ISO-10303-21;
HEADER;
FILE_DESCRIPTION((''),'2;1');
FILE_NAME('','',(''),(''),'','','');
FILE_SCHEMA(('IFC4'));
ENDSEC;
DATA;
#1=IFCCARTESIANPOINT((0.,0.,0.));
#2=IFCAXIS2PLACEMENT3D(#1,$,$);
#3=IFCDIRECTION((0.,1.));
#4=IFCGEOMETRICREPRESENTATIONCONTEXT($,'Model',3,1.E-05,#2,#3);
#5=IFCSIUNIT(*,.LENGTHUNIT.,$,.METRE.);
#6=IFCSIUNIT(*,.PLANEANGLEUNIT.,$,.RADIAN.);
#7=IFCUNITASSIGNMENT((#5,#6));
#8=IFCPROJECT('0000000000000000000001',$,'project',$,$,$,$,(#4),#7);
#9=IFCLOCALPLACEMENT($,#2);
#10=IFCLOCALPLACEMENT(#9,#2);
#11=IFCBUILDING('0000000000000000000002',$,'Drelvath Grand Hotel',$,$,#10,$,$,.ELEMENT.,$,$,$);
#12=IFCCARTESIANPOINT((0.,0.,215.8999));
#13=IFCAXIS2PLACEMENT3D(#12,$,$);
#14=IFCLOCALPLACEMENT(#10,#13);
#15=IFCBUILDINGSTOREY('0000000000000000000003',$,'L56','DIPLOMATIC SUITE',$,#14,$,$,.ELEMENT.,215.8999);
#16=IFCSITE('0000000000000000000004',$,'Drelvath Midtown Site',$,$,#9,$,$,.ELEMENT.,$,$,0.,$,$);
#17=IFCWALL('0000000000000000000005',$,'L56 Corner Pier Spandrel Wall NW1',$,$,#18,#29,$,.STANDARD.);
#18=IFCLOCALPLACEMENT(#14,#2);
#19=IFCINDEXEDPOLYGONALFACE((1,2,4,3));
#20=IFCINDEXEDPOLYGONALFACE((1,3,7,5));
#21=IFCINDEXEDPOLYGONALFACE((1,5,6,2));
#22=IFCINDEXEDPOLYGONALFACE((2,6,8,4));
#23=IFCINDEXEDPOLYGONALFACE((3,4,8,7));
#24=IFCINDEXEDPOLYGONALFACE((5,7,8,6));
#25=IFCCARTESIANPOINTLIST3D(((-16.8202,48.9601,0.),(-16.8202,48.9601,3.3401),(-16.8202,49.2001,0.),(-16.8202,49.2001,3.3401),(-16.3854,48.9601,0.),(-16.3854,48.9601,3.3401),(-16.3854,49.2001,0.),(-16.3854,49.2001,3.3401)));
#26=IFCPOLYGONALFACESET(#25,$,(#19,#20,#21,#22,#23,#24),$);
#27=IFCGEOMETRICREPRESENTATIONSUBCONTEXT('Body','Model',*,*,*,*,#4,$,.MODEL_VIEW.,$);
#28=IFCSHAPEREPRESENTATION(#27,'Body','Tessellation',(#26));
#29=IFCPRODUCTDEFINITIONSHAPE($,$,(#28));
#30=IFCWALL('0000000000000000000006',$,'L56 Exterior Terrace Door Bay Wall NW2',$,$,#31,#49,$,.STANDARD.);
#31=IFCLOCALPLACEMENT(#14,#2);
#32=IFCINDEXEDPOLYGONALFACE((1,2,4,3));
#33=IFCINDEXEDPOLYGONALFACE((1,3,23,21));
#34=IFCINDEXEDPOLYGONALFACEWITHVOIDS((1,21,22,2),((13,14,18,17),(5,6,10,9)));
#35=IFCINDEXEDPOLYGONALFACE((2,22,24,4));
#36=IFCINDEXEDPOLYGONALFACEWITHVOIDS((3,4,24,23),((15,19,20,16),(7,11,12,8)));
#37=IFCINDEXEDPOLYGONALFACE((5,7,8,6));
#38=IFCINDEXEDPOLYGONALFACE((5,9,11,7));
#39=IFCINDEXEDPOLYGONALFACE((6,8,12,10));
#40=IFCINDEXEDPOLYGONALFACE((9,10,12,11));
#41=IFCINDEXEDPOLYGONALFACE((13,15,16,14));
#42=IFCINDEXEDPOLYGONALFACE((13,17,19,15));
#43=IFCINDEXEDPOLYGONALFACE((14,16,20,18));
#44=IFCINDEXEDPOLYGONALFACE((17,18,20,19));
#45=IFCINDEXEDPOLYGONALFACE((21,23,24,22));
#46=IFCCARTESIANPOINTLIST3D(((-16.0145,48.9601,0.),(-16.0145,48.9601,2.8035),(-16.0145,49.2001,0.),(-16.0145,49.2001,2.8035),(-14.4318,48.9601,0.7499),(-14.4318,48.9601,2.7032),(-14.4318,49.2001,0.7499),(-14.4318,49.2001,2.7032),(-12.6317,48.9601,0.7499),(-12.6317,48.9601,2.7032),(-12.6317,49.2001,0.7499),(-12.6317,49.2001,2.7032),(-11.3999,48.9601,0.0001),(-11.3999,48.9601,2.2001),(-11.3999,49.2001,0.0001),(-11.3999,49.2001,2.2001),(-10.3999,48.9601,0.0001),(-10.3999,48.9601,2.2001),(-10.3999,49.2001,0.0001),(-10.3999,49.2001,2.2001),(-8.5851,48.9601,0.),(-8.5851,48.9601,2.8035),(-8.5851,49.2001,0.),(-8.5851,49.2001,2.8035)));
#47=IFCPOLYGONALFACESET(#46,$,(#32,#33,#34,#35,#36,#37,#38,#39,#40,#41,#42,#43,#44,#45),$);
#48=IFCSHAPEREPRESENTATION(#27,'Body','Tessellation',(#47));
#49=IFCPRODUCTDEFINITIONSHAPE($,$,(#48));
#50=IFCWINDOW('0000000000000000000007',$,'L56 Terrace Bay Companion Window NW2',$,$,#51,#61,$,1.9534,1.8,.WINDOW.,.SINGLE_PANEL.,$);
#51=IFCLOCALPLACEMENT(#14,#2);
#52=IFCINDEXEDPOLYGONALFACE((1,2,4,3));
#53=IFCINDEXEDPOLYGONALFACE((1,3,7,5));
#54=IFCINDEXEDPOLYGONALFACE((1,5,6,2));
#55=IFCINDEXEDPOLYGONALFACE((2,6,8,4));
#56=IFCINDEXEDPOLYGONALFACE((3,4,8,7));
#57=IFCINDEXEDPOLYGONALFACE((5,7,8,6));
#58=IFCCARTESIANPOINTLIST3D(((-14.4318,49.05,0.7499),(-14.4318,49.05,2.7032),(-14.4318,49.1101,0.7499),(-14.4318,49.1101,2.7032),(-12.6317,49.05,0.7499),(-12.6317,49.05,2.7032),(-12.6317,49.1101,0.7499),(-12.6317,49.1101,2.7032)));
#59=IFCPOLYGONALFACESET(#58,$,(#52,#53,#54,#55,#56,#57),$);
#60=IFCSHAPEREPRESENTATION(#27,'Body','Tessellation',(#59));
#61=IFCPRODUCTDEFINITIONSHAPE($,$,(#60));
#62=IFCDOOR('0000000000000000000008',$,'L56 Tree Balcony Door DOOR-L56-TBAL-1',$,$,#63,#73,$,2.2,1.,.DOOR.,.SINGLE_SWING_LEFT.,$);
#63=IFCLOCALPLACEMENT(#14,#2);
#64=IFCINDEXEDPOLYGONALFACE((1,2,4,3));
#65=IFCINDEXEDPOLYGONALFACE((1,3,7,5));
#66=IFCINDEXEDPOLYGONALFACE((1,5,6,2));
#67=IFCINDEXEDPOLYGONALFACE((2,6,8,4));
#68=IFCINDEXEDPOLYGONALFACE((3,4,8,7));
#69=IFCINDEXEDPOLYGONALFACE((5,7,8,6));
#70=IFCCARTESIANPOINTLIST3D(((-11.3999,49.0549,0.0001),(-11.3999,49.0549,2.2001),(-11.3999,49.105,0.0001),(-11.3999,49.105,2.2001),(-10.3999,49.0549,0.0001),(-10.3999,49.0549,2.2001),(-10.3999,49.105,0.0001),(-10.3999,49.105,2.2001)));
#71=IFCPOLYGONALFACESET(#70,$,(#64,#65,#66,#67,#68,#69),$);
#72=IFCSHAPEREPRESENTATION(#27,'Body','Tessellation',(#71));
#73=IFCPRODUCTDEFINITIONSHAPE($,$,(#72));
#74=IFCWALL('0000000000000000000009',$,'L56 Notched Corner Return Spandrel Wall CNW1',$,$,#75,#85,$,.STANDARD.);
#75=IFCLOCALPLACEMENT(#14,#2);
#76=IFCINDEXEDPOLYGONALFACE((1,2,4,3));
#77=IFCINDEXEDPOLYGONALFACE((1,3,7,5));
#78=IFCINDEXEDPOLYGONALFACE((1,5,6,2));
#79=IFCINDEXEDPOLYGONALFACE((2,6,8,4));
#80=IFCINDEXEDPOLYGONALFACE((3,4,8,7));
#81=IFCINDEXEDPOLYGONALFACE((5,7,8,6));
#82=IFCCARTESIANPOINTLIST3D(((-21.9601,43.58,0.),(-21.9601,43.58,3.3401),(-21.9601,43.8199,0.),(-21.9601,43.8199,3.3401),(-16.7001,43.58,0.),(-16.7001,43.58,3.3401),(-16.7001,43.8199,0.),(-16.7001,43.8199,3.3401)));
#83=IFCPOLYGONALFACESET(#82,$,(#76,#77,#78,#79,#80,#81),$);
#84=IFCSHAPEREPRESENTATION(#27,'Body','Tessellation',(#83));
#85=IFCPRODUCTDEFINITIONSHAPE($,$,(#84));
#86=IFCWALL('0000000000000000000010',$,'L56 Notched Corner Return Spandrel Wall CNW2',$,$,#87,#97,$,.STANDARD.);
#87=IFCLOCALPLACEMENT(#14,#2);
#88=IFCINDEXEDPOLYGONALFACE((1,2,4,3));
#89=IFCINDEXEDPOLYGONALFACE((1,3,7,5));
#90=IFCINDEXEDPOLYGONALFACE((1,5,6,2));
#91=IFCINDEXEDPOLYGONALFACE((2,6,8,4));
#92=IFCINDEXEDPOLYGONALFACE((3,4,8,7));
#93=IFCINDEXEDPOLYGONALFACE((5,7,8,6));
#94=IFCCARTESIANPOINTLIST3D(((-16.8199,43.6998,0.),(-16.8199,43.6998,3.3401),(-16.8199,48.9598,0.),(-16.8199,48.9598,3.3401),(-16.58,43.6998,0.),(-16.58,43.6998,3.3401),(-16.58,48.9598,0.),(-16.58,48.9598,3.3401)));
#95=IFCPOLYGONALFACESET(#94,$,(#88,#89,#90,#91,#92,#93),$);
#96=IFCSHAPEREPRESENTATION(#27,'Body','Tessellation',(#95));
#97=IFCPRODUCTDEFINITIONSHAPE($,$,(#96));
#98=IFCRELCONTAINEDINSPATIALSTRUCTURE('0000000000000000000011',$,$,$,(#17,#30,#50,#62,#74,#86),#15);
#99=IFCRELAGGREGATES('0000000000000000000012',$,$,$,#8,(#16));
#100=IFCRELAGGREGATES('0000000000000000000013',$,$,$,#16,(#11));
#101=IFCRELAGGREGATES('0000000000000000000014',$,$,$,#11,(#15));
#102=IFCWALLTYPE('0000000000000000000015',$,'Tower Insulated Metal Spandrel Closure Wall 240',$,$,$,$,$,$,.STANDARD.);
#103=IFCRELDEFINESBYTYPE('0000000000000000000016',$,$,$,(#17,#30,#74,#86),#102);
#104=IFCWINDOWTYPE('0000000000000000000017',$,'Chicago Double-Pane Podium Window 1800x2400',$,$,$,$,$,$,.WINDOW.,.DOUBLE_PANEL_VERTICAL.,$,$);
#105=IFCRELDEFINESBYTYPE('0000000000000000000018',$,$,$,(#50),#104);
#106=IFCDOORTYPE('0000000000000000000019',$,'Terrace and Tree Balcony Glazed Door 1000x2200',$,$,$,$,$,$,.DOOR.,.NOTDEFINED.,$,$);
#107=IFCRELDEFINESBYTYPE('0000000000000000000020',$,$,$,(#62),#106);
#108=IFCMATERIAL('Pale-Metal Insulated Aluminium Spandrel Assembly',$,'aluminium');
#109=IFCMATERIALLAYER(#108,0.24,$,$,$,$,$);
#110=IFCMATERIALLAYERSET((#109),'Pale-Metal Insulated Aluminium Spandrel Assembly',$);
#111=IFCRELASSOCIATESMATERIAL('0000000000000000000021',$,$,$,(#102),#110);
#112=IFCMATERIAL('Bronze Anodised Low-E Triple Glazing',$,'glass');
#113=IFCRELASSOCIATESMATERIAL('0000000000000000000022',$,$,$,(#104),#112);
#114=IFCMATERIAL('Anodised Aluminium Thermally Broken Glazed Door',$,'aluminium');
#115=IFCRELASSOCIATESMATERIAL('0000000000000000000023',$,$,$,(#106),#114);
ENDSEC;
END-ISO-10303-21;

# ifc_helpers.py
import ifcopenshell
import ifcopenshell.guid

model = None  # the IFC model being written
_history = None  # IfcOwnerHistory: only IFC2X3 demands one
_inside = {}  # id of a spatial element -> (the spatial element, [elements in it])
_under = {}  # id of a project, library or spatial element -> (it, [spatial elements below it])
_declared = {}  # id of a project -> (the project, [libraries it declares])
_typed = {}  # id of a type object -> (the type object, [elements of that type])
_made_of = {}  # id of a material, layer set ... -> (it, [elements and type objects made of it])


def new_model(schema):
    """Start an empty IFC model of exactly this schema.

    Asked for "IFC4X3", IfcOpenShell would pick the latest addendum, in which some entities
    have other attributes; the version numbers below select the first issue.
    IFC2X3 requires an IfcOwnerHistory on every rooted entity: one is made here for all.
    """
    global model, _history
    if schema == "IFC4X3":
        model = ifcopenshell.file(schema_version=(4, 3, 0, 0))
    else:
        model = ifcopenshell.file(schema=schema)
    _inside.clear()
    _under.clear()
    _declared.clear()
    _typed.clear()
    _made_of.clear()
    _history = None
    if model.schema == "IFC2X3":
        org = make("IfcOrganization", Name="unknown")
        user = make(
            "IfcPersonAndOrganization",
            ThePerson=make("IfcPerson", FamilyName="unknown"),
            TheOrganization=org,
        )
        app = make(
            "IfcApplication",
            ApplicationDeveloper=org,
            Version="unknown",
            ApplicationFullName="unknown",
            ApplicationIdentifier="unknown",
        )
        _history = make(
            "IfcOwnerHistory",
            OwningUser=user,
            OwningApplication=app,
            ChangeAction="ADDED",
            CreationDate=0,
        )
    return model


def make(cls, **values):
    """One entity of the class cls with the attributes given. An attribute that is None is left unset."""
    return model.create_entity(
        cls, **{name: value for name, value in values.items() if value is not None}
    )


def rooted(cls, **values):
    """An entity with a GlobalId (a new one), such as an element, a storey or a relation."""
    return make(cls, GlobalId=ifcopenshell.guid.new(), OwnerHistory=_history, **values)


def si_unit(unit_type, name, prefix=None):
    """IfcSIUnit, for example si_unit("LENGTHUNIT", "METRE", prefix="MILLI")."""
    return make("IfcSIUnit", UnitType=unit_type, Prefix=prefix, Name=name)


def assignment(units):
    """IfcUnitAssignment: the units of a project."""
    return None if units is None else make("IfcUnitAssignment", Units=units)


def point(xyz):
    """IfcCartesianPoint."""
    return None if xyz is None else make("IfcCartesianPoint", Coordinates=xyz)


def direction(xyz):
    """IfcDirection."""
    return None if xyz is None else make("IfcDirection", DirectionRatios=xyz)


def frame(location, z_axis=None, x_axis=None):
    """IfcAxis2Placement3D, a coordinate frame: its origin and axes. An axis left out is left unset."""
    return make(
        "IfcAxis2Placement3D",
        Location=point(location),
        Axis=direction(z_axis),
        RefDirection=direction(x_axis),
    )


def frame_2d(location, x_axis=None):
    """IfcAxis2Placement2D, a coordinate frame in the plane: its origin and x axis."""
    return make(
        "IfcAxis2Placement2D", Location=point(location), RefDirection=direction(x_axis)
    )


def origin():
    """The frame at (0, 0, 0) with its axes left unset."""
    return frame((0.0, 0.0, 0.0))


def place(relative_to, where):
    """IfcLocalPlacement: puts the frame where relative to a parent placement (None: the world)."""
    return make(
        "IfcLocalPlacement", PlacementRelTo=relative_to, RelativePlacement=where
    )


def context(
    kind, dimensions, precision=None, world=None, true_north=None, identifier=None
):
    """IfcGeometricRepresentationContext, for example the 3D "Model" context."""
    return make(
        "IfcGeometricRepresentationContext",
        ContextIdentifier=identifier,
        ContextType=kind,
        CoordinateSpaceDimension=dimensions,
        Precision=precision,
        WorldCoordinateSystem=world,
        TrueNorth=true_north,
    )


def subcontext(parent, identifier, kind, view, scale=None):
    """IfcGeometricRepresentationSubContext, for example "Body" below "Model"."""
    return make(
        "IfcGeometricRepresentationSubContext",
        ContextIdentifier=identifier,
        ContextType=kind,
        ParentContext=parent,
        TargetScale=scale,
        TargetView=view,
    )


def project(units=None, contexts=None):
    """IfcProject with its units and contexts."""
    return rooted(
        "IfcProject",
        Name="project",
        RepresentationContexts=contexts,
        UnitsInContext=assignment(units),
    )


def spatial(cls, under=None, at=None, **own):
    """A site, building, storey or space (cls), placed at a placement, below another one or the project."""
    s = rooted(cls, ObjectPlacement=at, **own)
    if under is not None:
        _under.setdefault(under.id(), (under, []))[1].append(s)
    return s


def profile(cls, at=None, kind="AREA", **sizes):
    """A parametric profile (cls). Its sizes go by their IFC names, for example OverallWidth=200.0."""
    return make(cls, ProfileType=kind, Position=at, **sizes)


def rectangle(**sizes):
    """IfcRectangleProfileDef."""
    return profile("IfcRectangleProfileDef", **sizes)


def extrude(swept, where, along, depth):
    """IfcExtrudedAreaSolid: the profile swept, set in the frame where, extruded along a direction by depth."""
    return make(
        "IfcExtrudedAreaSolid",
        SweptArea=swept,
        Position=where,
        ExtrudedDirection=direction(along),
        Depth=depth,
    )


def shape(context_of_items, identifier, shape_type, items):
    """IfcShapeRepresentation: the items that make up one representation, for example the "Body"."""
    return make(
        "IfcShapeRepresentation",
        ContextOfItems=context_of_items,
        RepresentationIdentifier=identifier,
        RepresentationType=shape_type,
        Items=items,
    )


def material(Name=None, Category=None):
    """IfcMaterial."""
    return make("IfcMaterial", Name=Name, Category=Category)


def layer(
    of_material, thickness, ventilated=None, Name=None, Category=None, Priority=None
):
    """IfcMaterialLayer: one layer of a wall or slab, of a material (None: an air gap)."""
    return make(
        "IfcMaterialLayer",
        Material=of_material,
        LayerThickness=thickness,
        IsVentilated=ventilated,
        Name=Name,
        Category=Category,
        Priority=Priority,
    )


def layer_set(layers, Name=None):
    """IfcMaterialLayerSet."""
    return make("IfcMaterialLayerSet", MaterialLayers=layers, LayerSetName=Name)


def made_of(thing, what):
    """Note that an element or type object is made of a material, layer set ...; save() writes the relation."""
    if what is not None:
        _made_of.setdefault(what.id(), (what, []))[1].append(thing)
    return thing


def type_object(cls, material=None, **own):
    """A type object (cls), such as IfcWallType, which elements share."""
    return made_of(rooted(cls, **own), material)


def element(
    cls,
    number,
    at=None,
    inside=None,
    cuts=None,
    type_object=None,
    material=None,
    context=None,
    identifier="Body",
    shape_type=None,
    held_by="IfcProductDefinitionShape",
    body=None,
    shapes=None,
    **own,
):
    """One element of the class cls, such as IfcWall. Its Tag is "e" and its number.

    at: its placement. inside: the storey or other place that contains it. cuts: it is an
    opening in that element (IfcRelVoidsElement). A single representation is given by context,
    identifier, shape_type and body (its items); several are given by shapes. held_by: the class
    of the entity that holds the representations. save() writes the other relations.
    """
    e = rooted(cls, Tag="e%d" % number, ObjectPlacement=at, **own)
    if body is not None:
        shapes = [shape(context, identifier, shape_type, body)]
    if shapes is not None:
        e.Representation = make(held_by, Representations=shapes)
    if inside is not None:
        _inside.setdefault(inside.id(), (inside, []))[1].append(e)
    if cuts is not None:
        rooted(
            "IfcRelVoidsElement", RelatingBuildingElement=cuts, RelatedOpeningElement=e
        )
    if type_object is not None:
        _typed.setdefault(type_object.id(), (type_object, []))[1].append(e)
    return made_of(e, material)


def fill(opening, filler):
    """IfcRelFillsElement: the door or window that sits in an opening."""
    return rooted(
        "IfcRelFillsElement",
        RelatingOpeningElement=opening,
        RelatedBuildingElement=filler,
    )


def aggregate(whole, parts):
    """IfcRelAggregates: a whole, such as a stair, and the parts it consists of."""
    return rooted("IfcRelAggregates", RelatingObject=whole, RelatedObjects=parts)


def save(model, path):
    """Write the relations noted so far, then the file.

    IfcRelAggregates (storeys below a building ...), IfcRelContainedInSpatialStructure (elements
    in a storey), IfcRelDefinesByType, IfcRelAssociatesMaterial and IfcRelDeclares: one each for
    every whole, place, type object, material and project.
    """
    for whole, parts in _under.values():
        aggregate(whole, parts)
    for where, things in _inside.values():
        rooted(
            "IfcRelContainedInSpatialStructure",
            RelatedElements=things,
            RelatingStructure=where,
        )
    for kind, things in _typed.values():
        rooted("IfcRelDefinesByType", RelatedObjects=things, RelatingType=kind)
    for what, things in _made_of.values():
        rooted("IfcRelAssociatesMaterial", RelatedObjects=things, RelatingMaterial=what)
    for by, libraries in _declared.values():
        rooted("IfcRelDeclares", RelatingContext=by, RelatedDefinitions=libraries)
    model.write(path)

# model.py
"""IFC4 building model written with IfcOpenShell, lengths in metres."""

from ifc_helpers import new_model, si_unit, direction, frame, frame_2d, origin, place, context, subcontext, project, spatial, rectangle, extrude, material, layer, layer_set, type_object, element, fill, save


model = new_model("IFC4")

# Units and contexts
model_context = context("Model", 3, precision=1e-05, world=origin(), true_north=direction((0.0, 1.0)))
body_context = subcontext(model_context, "Body", "Model", "MODEL_VIEW")
ifc_project = project(units=[si_unit("LENGTHUNIT", "METRE"), si_unit("PLANEANGLEUNIT", "RADIAN")], contexts=[model_context])

# Site, building, storey
site_placement = place(None, origin())
site = spatial("IfcSite", under=ifc_project, at=site_placement, Name="Drelvath Midtown Site", CompositionType="ELEMENT", RefElevation=0.0)
building_placement = place(site_placement, origin())
building = spatial("IfcBuilding", under=site, at=building_placement, Name="Drelvath Grand Hotel", CompositionType="ELEMENT")
storey_placement = place(building_placement, frame((0.0, 0.0, 215.8999)))
storey = spatial("IfcBuildingStorey", under=building, at=storey_placement, Name="L56", Description="DIPLOMATIC SUITE", CompositionType="ELEMENT", Elevation=215.8999)

# Wall
ifc_material_1 = material(Name="Pale-Metal Insulated Aluminium Spandrel Assembly", Category="aluminium")
ifc_layer_1 = layer(ifc_material_1, 0.24)
ifc_layer_set_1 = layer_set([ifc_layer_1], Name="Pale-Metal Insulated Aluminium Spandrel Assembly")
wall_type_1 = type_object("IfcWallType", Name="Tower Insulated Metal Spandrel Closure Wall 240", PredefinedType="STANDARD", material=ifc_layer_set_1)
for number, where, z_axis, x_axis, name in (
    (1, (-16.8201, 49.0801, 0.0), (0.0, 0.0, 1.0), (1.0, 0.0, 0.0), "L56 Corner Pier Spandrel Wall NW1"),
):
    element("IfcWall", number, at=place(storey_placement, frame(where, z_axis=z_axis, x_axis=x_axis)), inside=storey, type_object=wall_type_1, Name=name, PredefinedType="STANDARD", context=body_context, shape_type="SweptSolid", body=[
        extrude(rectangle(XDim=0.4348, YDim=0.24, at=frame_2d((0.2173, 0.0))), origin(), (0.0, 0.0, 1.0), 3.3401),
    ])

# Wall, openings, window, door
wall_1_placement = place(storey_placement, frame((-16.0146, 49.0801, 0.0), z_axis=(0.0, 0.0, 1.0), x_axis=(1.0, 0.0, 0.0)))
wall_1 = element("IfcWall", 2, at=wall_1_placement, inside=storey, type_object=wall_type_1, Name="L56 Exterior Terrace Door Bay Wall NW2", PredefinedType="STANDARD", context=body_context, shape_type="SweptSolid", body=[
    extrude(rectangle(XDim=7.4294, YDim=0.24, at=frame_2d((3.7148, 0.0))), origin(), (0.0, 0.0, 1.0), 2.8035),
])
opening_1_placement = place(wall_1_placement, frame((4.6147, 0.0, 0.0)))
opening_1 = element("IfcOpeningElement", 3, at=opening_1_placement, cuts=wall_1, PredefinedType="OPENING", context=body_context, shape_type="SweptSolid", body=[
    extrude(rectangle(XDim=1.0, YDim=2.2, at=frame_2d((0.5, 1.1001))), frame((0.0, 0.1299, 0.0), z_axis=(0.0, -1.0, 0.0), x_axis=(1.0, 0.0, 0.0)), (0.0, 0.0, 1.0), 0.26),
])
opening_2_placement = place(wall_1_placement, frame((1.583, 0.0, 0.75)))
opening_2 = element("IfcOpeningElement", 4, at=opening_2_placement, cuts=wall_1, PredefinedType="OPENING", context=body_context, shape_type="SweptSolid", body=[
    extrude(rectangle(XDim=1.8, YDim=1.9534, at=frame_2d((0.8999, 0.9766))), frame((0.0, 0.1299, 0.0), z_axis=(0.0, -1.0, 0.0), x_axis=(1.0, 0.0, 0.0)), (0.0, 0.0, 1.0), 0.26),
])
ifc_material_2 = material(Name="Bronze Anodised Low-E Triple Glazing", Category="glass")
window_type = type_object("IfcWindowType", Name="Chicago Double-Pane Podium Window 1800x2400", PartitioningType="DOUBLE_PANEL_VERTICAL", PredefinedType="WINDOW", material=ifc_material_2)
window_placement = place(opening_2_placement, origin())
window = element("IfcWindow", 5, at=window_placement, inside=storey, type_object=window_type, Name="L56 Terrace Bay Companion Window NW2", OverallHeight=1.9534, OverallWidth=1.8, PartitioningType="SINGLE_PANEL", PredefinedType="WINDOW", context=body_context, shape_type="SweptSolid", body=[
    extrude(rectangle(XDim=1.8, YDim=1.9534, at=frame_2d((0.8999, 0.9766))), frame((0.0, 0.03, 0.0), z_axis=(0.0, -1.0, 0.0), x_axis=(1.0, 0.0, 0.0)), (0.0, 0.0, 1.0), 0.0601),
])
fill(opening_2, window)
ifc_material_3 = material(Name="Anodised Aluminium Thermally Broken Glazed Door", Category="aluminium")
door_type_1 = type_object("IfcDoorType", Name="Terrace and Tree Balcony Glazed Door 1000x2200", OperationType="NOTDEFINED", PredefinedType="DOOR", material=ifc_material_3)
door_1_placement = place(opening_1_placement, origin())
door_1 = element("IfcDoor", 6, at=door_1_placement, inside=storey, type_object=door_type_1, Name="L56 Tree Balcony Door DOOR-L56-TBAL-1", OperationType="SINGLE_SWING_LEFT", OverallHeight=2.2, OverallWidth=1.0, PredefinedType="DOOR", context=body_context, shape_type="SweptSolid", body=[
    extrude(rectangle(XDim=1.0, YDim=2.2, at=frame_2d((0.5, 1.1001))), frame((0.0, 0.0249, 0.0), z_axis=(0.0, -1.0, 0.0), x_axis=(1.0, 0.0, 0.0)), (0.0, 0.0, 1.0), 0.05),
])
fill(opening_1, door_1)

# Walls
for number, where, z_axis, x_axis, name in (
    (7, (-21.96, 43.7, 0.0), (0.0, 0.0, 1.0), (1.0, 0.0, 0.0), "L56 Notched Corner Return Spandrel Wall CNW1"),
    (8, (-16.7, 43.7, 0.0), (0.0, 0.0, 1.0), (0.0, 1.0, 0.0), "L56 Notched Corner Return Spandrel Wall CNW2"),
):
    element("IfcWall", number, at=place(storey_placement, frame(where, z_axis=z_axis, x_axis=x_axis)), inside=storey, type_object=wall_type_1, Name=name, PredefinedType="STANDARD", context=body_context, shape_type="SweptSolid", body=[
        extrude(rectangle(XDim=5.26, YDim=0.24, at=frame_2d((2.6299, 0.0))), origin(), (0.0, 0.0, 1.0), 3.3401),
    ])

save(model, "model.ifc")
